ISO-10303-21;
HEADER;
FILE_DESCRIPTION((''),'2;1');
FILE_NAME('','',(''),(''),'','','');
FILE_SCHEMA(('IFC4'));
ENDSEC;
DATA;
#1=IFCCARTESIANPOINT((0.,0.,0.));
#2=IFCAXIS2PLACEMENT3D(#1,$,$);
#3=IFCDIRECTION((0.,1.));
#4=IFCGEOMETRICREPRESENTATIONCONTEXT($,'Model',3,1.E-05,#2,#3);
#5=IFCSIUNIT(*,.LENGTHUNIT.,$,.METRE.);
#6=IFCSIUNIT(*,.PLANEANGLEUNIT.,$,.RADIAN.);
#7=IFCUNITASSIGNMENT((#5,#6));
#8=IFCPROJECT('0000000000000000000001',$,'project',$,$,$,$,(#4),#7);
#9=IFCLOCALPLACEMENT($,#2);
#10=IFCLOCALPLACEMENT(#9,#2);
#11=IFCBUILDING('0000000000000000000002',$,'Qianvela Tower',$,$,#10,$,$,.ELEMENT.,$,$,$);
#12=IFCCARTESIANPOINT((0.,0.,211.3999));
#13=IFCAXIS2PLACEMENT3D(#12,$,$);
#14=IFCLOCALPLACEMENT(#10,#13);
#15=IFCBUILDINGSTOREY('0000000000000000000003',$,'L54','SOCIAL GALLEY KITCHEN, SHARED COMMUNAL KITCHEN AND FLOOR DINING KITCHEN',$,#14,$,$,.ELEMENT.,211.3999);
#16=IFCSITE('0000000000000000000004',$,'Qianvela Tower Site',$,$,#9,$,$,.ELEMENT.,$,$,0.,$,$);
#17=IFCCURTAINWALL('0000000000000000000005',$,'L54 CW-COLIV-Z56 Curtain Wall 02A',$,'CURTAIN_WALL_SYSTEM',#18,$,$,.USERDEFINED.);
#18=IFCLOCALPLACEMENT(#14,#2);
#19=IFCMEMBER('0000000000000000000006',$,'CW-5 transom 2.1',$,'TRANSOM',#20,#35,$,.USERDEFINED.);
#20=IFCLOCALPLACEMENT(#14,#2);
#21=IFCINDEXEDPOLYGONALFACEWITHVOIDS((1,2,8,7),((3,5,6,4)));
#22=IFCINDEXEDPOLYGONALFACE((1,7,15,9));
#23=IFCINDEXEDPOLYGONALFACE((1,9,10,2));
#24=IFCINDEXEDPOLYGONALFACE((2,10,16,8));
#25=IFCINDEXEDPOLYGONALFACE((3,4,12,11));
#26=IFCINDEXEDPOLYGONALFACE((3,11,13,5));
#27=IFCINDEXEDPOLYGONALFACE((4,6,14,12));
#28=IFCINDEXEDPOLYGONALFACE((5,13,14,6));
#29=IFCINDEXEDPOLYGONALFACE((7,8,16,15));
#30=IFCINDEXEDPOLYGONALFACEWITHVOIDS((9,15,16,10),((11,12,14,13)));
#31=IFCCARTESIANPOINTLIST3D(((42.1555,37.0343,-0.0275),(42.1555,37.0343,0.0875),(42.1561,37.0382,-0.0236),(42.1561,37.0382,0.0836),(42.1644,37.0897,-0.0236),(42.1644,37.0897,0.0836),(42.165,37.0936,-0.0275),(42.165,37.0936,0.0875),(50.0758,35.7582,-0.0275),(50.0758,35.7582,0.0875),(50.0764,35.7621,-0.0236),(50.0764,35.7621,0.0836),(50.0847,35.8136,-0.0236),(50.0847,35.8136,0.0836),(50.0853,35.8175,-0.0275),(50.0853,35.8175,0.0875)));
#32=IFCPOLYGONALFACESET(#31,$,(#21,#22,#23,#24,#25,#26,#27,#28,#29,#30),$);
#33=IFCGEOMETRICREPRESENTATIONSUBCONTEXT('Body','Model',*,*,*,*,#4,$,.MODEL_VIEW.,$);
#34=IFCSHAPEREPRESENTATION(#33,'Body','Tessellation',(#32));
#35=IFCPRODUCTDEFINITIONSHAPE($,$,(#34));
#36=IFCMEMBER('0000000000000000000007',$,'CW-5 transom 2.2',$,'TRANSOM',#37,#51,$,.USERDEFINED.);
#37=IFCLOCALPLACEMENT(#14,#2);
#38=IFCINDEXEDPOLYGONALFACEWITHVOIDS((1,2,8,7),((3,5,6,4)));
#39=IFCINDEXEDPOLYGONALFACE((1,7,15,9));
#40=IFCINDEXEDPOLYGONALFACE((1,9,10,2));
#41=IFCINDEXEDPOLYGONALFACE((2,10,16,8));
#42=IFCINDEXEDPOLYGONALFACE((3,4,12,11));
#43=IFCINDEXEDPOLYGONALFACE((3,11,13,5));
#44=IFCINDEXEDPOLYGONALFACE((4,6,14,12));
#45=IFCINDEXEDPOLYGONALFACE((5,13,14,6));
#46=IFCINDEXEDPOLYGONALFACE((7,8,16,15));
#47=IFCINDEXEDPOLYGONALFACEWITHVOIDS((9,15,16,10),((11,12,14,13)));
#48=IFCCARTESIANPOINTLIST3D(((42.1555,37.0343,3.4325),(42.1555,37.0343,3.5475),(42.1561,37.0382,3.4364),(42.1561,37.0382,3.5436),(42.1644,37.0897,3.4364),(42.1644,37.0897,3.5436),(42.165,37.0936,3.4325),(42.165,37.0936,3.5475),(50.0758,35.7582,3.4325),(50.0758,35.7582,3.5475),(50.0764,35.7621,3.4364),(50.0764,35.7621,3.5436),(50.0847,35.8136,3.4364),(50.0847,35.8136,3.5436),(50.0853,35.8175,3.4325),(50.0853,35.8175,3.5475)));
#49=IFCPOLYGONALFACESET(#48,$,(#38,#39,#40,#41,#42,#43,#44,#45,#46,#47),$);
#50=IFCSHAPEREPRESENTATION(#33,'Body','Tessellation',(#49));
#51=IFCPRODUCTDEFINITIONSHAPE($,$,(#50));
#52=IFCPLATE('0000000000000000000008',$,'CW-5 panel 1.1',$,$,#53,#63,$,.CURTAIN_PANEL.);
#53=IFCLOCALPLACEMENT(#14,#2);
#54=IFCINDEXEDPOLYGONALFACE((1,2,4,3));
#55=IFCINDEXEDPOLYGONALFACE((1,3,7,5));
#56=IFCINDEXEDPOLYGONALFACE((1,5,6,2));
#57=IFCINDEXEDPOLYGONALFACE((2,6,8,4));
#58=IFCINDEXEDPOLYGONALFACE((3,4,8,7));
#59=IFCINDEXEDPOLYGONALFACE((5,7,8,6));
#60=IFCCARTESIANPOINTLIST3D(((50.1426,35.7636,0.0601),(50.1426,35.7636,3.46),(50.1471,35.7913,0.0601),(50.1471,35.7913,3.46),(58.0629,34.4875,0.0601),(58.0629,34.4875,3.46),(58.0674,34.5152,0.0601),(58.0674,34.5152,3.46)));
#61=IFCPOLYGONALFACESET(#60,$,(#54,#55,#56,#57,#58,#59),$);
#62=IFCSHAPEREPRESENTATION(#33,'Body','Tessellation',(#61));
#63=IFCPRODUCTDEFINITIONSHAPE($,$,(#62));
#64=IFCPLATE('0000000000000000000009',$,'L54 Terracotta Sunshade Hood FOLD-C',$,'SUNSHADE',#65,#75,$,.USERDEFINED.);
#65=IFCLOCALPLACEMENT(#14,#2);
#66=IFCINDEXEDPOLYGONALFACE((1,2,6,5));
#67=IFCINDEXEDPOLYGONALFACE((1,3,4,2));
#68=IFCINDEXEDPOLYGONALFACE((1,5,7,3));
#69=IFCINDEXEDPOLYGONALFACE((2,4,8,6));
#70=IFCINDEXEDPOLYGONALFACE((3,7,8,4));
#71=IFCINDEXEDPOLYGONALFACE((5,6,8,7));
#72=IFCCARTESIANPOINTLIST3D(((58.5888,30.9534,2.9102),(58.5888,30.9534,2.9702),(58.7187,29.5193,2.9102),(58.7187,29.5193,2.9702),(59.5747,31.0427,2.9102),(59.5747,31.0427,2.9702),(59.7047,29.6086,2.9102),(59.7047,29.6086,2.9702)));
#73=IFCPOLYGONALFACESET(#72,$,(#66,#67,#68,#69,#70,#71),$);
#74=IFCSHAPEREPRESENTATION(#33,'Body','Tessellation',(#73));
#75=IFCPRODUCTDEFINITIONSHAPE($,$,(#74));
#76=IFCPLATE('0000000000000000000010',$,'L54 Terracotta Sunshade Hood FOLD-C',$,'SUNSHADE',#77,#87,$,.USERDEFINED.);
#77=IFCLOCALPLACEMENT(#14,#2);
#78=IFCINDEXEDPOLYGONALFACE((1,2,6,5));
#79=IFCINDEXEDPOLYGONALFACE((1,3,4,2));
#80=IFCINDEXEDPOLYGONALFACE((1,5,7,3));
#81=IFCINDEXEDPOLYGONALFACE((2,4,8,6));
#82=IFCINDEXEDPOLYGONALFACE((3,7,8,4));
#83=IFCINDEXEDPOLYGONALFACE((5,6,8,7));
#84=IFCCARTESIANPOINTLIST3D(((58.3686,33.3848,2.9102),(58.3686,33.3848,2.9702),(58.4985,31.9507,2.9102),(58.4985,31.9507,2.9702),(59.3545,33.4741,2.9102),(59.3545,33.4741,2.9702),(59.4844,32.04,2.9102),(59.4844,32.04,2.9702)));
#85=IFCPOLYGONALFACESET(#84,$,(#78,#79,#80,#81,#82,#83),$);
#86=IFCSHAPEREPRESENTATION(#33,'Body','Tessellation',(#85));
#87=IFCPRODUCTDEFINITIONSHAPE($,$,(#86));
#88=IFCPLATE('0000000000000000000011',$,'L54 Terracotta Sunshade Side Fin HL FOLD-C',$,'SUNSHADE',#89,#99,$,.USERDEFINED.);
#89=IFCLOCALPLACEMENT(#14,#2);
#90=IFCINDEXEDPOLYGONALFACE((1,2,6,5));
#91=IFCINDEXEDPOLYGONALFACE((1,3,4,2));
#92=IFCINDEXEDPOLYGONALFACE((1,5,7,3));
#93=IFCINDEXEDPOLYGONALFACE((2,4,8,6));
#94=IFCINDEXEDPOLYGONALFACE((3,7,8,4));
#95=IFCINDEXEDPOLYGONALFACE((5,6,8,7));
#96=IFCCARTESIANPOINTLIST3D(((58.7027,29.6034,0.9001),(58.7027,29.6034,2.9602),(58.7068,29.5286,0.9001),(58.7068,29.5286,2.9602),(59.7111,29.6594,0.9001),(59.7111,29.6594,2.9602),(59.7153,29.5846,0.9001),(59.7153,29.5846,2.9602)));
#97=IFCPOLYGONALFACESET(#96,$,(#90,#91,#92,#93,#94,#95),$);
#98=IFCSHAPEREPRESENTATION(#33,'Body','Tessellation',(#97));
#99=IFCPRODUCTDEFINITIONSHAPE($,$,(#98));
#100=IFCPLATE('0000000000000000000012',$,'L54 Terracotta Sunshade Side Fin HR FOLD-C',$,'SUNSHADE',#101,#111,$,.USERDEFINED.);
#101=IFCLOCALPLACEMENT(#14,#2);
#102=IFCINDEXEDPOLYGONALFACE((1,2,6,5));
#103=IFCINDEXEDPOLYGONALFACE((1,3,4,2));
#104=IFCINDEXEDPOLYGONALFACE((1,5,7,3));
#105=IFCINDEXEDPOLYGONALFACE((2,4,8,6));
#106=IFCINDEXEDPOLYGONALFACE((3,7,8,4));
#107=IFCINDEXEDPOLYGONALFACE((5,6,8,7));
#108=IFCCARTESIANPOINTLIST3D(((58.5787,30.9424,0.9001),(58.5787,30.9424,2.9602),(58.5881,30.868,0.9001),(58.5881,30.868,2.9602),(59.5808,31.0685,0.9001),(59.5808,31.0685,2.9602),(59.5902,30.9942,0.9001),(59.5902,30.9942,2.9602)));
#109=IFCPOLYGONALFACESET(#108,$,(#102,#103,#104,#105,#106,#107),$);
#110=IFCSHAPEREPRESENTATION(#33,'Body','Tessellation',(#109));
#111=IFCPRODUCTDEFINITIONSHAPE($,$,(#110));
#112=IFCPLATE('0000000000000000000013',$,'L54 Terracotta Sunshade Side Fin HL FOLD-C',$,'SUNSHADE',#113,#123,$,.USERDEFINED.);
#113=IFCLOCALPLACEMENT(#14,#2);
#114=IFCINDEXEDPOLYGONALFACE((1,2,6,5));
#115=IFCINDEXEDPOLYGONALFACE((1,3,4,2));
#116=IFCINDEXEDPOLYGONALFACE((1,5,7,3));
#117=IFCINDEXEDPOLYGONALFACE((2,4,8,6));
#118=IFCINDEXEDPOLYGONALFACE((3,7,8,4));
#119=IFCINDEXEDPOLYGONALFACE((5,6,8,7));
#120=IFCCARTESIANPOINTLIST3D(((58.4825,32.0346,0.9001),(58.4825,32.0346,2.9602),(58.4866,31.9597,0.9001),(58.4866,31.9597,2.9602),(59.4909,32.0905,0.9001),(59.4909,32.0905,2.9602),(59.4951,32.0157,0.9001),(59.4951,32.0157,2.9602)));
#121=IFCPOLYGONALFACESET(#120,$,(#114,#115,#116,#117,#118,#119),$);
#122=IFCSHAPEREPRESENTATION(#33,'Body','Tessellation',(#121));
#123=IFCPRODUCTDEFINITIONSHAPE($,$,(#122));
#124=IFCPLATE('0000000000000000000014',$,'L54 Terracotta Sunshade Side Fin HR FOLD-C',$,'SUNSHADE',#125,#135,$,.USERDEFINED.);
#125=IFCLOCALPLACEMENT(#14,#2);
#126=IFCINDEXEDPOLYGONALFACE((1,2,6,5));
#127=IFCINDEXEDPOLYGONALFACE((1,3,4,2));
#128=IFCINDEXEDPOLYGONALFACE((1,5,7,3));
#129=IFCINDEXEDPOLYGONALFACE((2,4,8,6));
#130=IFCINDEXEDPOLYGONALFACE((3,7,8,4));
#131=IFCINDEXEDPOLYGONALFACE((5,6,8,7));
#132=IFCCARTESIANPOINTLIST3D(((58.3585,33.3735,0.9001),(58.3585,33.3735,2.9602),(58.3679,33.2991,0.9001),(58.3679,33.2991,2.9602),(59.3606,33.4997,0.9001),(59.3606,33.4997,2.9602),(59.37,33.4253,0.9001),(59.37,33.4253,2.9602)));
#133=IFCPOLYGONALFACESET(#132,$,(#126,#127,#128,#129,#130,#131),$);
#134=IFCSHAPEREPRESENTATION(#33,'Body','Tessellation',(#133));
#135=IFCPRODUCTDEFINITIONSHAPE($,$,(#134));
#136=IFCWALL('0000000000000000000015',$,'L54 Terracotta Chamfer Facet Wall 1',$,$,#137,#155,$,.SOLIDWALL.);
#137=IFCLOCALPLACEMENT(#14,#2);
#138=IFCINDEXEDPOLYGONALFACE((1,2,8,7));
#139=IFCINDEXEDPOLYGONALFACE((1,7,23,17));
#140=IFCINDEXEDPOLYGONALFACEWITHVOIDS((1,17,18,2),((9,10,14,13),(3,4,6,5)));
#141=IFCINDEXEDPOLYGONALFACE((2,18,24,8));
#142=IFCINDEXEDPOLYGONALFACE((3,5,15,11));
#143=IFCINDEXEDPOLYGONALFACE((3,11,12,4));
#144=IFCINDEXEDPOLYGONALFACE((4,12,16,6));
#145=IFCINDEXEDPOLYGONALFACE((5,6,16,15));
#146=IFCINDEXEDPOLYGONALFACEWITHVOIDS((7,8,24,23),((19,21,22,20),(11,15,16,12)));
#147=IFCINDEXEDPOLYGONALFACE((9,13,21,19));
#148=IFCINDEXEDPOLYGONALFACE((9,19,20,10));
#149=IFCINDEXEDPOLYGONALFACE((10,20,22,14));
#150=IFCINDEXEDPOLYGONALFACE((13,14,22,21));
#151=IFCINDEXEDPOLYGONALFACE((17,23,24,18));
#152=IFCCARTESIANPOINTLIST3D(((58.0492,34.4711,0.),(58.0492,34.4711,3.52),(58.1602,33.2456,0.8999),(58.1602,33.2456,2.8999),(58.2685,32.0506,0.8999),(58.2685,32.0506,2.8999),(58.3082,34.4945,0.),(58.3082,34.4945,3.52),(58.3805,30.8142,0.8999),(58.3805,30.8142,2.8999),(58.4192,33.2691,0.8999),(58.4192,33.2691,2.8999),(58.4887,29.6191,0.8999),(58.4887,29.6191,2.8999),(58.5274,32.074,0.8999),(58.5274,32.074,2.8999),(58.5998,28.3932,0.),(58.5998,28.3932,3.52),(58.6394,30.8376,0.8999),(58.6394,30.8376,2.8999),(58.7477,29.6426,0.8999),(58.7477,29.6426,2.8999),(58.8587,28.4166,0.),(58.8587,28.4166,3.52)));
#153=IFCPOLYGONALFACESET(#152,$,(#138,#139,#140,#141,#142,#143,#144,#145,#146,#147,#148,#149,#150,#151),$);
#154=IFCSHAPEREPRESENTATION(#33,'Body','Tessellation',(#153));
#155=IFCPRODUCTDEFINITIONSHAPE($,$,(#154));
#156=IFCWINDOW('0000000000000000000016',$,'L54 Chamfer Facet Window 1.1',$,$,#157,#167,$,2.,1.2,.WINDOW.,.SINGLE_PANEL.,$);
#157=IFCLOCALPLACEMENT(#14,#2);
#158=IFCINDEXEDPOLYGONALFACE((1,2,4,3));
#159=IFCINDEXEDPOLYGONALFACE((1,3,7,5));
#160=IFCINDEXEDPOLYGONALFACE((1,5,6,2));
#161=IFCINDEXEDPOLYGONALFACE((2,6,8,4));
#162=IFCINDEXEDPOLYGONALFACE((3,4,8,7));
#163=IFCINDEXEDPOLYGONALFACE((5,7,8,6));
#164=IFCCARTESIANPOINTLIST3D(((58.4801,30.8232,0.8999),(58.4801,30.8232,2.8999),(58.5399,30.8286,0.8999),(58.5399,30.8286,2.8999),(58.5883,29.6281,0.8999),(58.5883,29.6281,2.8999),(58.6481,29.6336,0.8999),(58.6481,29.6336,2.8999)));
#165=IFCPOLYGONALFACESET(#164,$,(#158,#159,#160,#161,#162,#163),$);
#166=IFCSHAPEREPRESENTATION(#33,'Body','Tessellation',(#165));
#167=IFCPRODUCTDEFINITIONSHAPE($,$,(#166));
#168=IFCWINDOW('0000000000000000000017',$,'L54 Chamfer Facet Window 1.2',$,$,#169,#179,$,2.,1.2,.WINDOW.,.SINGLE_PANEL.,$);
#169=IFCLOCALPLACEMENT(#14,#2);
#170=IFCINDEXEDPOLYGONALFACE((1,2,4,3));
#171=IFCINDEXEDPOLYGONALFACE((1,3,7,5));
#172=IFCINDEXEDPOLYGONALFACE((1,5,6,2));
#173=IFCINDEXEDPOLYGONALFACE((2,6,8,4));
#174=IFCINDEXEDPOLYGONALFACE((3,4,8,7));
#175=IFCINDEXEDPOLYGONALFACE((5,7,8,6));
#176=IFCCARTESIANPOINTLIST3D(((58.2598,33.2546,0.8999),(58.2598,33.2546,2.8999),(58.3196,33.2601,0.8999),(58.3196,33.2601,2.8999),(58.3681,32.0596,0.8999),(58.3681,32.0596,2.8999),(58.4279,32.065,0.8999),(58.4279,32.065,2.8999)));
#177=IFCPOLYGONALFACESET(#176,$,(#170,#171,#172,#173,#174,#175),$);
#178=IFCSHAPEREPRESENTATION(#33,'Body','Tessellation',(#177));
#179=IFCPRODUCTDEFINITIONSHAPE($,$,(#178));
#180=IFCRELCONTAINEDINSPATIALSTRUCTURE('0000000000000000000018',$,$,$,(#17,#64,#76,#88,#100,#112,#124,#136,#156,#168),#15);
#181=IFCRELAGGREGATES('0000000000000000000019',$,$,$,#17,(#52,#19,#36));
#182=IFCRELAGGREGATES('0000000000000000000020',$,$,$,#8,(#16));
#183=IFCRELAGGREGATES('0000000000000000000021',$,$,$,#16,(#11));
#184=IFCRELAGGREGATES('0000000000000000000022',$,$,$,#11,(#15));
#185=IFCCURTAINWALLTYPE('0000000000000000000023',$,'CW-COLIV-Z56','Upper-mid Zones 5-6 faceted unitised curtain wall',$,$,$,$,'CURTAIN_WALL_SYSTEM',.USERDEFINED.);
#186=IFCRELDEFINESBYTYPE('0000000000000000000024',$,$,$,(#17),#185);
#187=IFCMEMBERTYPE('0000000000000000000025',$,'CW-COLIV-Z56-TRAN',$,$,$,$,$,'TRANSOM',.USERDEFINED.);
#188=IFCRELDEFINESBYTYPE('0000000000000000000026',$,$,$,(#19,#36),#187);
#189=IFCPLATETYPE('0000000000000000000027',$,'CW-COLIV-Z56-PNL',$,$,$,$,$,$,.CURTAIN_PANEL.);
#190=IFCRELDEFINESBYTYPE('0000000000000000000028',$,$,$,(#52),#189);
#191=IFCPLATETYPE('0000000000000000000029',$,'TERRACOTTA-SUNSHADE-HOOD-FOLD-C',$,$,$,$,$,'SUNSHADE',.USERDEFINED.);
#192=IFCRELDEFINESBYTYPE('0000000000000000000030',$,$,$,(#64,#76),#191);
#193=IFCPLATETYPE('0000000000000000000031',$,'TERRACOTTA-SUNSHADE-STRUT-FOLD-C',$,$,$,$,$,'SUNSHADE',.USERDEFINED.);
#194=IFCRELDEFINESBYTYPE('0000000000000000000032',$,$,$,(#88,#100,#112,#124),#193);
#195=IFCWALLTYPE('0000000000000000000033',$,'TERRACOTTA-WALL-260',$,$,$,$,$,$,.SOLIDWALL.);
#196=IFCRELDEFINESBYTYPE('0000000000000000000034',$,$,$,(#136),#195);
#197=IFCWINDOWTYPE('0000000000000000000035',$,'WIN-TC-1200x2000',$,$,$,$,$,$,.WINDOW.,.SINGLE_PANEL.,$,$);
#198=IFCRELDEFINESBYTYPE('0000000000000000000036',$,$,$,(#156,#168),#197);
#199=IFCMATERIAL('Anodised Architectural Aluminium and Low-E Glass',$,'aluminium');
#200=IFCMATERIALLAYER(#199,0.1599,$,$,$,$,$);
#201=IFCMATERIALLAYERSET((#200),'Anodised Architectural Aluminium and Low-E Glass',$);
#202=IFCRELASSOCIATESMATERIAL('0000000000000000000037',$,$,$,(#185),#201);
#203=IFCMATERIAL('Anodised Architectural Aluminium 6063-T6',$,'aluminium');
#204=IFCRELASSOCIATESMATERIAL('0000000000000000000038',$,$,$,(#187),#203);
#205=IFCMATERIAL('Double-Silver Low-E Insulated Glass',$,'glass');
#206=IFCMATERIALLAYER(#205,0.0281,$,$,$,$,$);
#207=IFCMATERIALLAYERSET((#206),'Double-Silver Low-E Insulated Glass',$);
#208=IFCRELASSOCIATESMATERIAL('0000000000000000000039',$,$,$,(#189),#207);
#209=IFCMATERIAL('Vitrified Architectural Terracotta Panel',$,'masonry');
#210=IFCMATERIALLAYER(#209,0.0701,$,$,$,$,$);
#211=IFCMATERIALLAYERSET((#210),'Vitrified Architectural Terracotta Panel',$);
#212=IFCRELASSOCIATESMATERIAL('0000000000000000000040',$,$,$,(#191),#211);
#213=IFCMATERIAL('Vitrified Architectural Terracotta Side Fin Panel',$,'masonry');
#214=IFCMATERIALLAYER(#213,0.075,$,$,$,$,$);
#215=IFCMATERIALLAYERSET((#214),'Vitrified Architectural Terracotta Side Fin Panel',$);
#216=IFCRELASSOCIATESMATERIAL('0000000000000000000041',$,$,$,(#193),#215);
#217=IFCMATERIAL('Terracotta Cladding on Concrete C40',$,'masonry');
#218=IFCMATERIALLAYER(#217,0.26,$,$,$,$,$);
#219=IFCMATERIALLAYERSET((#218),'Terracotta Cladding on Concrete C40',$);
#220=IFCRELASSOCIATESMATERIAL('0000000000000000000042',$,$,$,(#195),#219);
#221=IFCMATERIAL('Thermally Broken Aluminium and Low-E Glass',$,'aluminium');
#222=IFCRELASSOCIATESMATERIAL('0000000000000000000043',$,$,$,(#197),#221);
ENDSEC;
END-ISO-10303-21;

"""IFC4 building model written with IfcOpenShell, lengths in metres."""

from ifc_helpers import new_model, si_unit, direction, frame, frame_2d, origin, origin_2d, place, context, subcontext, project, spatial, rectangle, hollow_rectangle, extrude, material, layer, layer_set, material_profile, profile_set, type_object, element, fill, aggregate, save


model = new_model("IFC4")

# Units and contexts
model_context = context("Model", 3, precision=1e-05, world=origin(), true_north=direction((0.0, 1.0)))
body_context = subcontext(model_context, "Body", "Model", "MODEL_VIEW")
ifc_project = project(units=[si_unit("LENGTHUNIT", "METRE"), si_unit("PLANEANGLEUNIT", "RADIAN")], contexts=[model_context])

# Site, building, storey
site_placement = place(None, origin())
site = spatial("IfcSite", under=ifc_project, at=site_placement, Name="Qianvela Tower Site", CompositionType="ELEMENT", RefElevation=0.0)
building_placement = place(site_placement, origin())
building = spatial("IfcBuilding", under=site, at=building_placement, Name="Qianvela Tower", CompositionType="ELEMENT")
storey_placement = place(building_placement, frame((0.0, 0.0, 211.3999)))
storey = spatial("IfcBuildingStorey", under=building, at=storey_placement, Name="L54", Description="SOCIAL GALLEY KITCHEN, SHARED COMMUNAL KITCHEN AND FLOOR DINING KITCHEN", CompositionType="ELEMENT", Elevation=211.3999)

# Curtain wall
ifc_material_1 = material(Name="Anodised Architectural Aluminium and Low-E Glass", Category="aluminium")
ifc_layer_1 = layer(ifc_material_1, 0.1599)
ifc_layer_set_1 = layer_set([ifc_layer_1], Name="Anodised Architectural Aluminium and Low-E Glass")
curtain_wall_type = type_object("IfcCurtainWallType", Name="CW-COLIV-Z56", Description="Upper-mid Zones 5-6 faceted unitised curtain wall", ElementType="CURTAIN_WALL_SYSTEM", PredefinedType="USERDEFINED", material=ifc_layer_set_1)
curtain_wall_1_placement = place(storey_placement, origin())
curtain_wall_1 = element("IfcCurtainWall", 1, at=curtain_wall_1_placement, inside=storey, type_object=curtain_wall_type, Name="L54 CW-COLIV-Z56 Curtain Wall 02A", ObjectType="CURTAIN_WALL_SYSTEM", PredefinedType="USERDEFINED")

# Members
ifc_material_2 = material(Name="Anodised Architectural Aluminium 6063-T6", Category="aluminium")
ifc_material_profile_1 = material_profile(ifc_material_2, hollow_rectangle(XDim=0.0601, YDim=0.115, WallThickness=0.0039, at=origin_2d()), Name="ALU-TRAN-60x115")
ifc_profile_set_1 = profile_set([ifc_material_profile_1], Name="Anodised Architectural Aluminium 6063-T6")
member_type_1 = type_object("IfcMemberType", Name="CW-COLIV-Z56-TRAN", ElementType="TRANSOM", PredefinedType="USERDEFINED", material=ifc_profile_set_1)
member_1_placement = place(storey_placement, frame((50.0806, 35.7878, 0.03), z_axis=(-0.987268, 0.159067, 0.0), x_axis=(-0.159067, -0.987268, 0.0)))
member_1 = element("IfcMember", 2, at=member_1_placement, type_object=member_type_1, Name="CW-5 transom 2.1", ObjectType="TRANSOM", PredefinedType="USERDEFINED", context=body_context, shape_type="SweptSolid", body=[
    extrude(hollow_rectangle(XDim=0.0601, YDim=0.115, WallThickness=0.0039, at=origin_2d()), origin(), (0.0, 0.0, 1.0), 8.0225),
])
member_2_placement = place(storey_placement, frame((50.0806, 35.7878, 3.49), z_axis=(-0.987268, 0.159067, 0.0), x_axis=(-0.159067, -0.987268, 0.0)))
member_2 = element("IfcMember", 3, at=member_2_placement, type_object=member_type_1, Name="CW-5 transom 2.2", ObjectType="TRANSOM", PredefinedType="USERDEFINED", context=body_context, shape_type="SweptSolid", body=[
    extrude(hollow_rectangle(XDim=0.0601, YDim=0.115, WallThickness=0.0039, at=origin_2d()), origin(), (0.0, 0.0, 1.0), 8.0225),
])

# Plate
ifc_material_3 = material(Name="Double-Silver Low-E Insulated Glass", Category="glass")
ifc_layer_2 = layer(ifc_material_3, 0.0281)
ifc_layer_set_2 = layer_set([ifc_layer_2], Name="Double-Silver Low-E Insulated Glass")
plate_type_1 = type_object("IfcPlateType", Name="CW-COLIV-Z56-PNL", PredefinedType="CURTAIN_PANEL", material=ifc_layer_set_2)
plate_placement = place(storey_placement, frame((54.105, 35.1394, 0.0601), z_axis=(0.0, 0.0, 1.0), x_axis=(-0.987267, 0.15907, 0.0)))
plate = element("IfcPlate", 4, at=plate_placement, type_object=plate_type_1, Name="CW-5 panel 1.1", PredefinedType="CURTAIN_PANEL", context=body_context, shape_type="SweptSolid", body=[
    extrude(rectangle(XDim=8.0225, YDim=0.0281, at=origin_2d()), origin(), (0.0, 0.0, 1.0), 3.3999),
])
aggregate(curtain_wall_1, [plate, member_1, member_2])

# Plates
ifc_material_4 = material(Name="Vitrified Architectural Terracotta Panel", Category="masonry")
ifc_layer_3 = layer(ifc_material_4, 0.0701)
ifc_layer_set_3 = layer_set([ifc_layer_3], Name="Vitrified Architectural Terracotta Panel")
plate_type_2 = type_object("IfcPlateType", Name="TERRACOTTA-SUNSHADE-HOOD-FOLD-C", ElementType="SUNSHADE", PredefinedType="USERDEFINED", material=ifc_layer_set_3)
for number, where, z_axis, x_axis, name in (
    (5, (59.1467, 30.281, 2.9102), (0.0, 0.0, 1.0), (-0.090221, 0.995922, 0.0), "L54 Terracotta Sunshade Hood FOLD-C"),
    (6, (58.9265, 32.7124, 2.9102), (0.0, 0.0, 1.0), (-0.090221, 0.995922, 0.0), "L54 Terracotta Sunshade Hood FOLD-C"),
):
    element("IfcPlate", number, at=place(storey_placement, frame(where, z_axis=z_axis, x_axis=x_axis)), inside=storey, type_object=plate_type_2, Name=name, ObjectType="SUNSHADE", PredefinedType="USERDEFINED", context=body_context, shape_type="SweptSolid", body=[
        extrude(rectangle(XDim=1.4399, YDim=0.99, at=origin_2d()), origin(), (0.0, 0.0, 1.0), 0.0601),
    ])
ifc_material_5 = material(Name="Vitrified Architectural Terracotta Side Fin Panel", Category="masonry")
ifc_layer_4 = layer(ifc_material_5, 0.075)
ifc_layer_set_4 = layer_set([ifc_layer_4], Name="Vitrified Architectural Terracotta Side Fin Panel")
plate_type_3 = type_object("IfcPlateType", Name="TERRACOTTA-SUNSHADE-STRUT-FOLD-C", ElementType="SUNSHADE", PredefinedType="USERDEFINED", material=ifc_layer_set_4)
for number, where, z_axis, x_axis, name in (
    (7, (59.209, 29.594, 0.9001), (0.0, 0.0, 1.0), (-0.055409, 0.998464, 0.0), "L54 Terracotta Sunshade Side Fin HL FOLD-C"),
    (8, (59.0845, 30.9683, 0.9001), (0.0, 0.0, 1.0), (-0.124923, 0.992166, 0.0), "L54 Terracotta Sunshade Side Fin HR FOLD-C"),
    (9, (58.9888, 32.0251, 0.9001), (0.0, 0.0, 1.0), (-0.055409, 0.998464, 0.0), "L54 Terracotta Sunshade Side Fin HL FOLD-C"),
    (10, (58.8643, 33.3994, 0.9001), (0.0, 0.0, 1.0), (-0.124923, 0.992166, 0.0), "L54 Terracotta Sunshade Side Fin HR FOLD-C"),
):
    element("IfcPlate", number, at=place(storey_placement, frame(where, z_axis=z_axis, x_axis=x_axis)), inside=storey, type_object=plate_type_3, Name=name, ObjectType="SUNSHADE", PredefinedType="USERDEFINED", context=body_context, shape_type="SweptSolid", body=[
        extrude(rectangle(XDim=0.075, YDim=1.01, at=origin_2d()), origin(), (0.0, 0.0, 1.0), 2.0601),
    ])

# Wall, openings, windows
ifc_material_6 = material(Name="Terracotta Cladding on Concrete C40", Category="masonry")
ifc_layer_5 = layer(ifc_material_6, 0.26)
ifc_layer_set_5 = layer_set([ifc_layer_5], Name="Terracotta Cladding on Concrete C40")
wall_type_1 = type_object("IfcWallType", Name="TERRACOTTA-WALL-260", PredefinedType="SOLIDWALL", material=ifc_layer_set_5)
wall_1_placement = place(storey_placement, frame((58.7292, 28.405, 0.0), z_axis=(0.0, 0.0, 1.0), x_axis=(-0.090211, 0.995923, 0.0)))
wall_1 = element("IfcWall", 11, at=wall_1_placement, inside=storey, type_object=wall_type_1, Name="L54 Terracotta Chamfer Facet Wall 1", PredefinedType="SOLIDWALL", context=body_context, shape_type="SweptSolid", body=[
    extrude(rectangle(XDim=6.1028, YDim=0.26, at=frame_2d((3.0513, 0.0))), origin(), (0.0, 0.0, 1.0), 3.52),
])
opening_1_placement = place(wall_1_placement, frame((1.2307, 0.0, 0.8999)))
opening_1 = element("IfcOpeningElement", 12, at=opening_1_placement, cuts=wall_1, PredefinedType="OPENING", context=body_context, shape_type="SweptSolid", body=[
    extrude(rectangle(XDim=1.2, YDim=2.0, at=frame_2d((0.6001, 1.0))), frame((0.0, 0.1399, 0.0), z_axis=(0.0, -1.0, 0.0), x_axis=(1.0, 0.0, 0.0)), (0.0, 0.0, 1.0), 0.28),
])
opening_2_placement = place(wall_1_placement, frame((3.6721, 0.0, 0.8999)))
opening_2 = element("IfcOpeningElement", 13, at=opening_2_placement, cuts=wall_1, PredefinedType="OPENING", context=body_context, shape_type="SweptSolid", body=[
    extrude(rectangle(XDim=1.2, YDim=2.0, at=frame_2d((0.6001, 1.0))), frame((0.0, 0.1399, 0.0), z_axis=(0.0, -1.0, 0.0), x_axis=(1.0, 0.0, 0.0)), (0.0, 0.0, 1.0), 0.28),
])
ifc_material_7 = material(Name="Thermally Broken Aluminium and Low-E Glass", Category="aluminium")
window_type = type_object("IfcWindowType", Name="WIN-TC-1200x2000", PartitioningType="SINGLE_PANEL", PredefinedType="WINDOW", material=ifc_material_7)
window_1_placement = place(opening_1_placement, origin())
window_1 = element("IfcWindow", 14, at=window_1_placement, inside=storey, type_object=window_type, Name="L54 Chamfer Facet Window 1.1", OverallHeight=2.0, OverallWidth=1.2, PartitioningType="SINGLE_PANEL", PredefinedType="WINDOW", context=body_context, shape_type="SweptSolid", body=[
    extrude(rectangle(XDim=1.2, YDim=2.0, at=frame_2d((0.6001, 1.0))), frame((0.0, 0.03, 0.0), z_axis=(0.0, -1.0, 0.0), x_axis=(1.0, 0.0, 0.0)), (0.0, 0.0, 1.0), 0.0601),
])
fill(opening_1, window_1)
window_2_placement = place(opening_2_placement, origin())
window_2 = element("IfcWindow", 15, at=window_2_placement, inside=storey, type_object=window_type, Name="L54 Chamfer Facet Window 1.2", OverallHeight=2.0, OverallWidth=1.2, PartitioningType="SINGLE_PANEL", PredefinedType="WINDOW", context=body_context, shape_type="SweptSolid", body=[
    extrude(rectangle(XDim=1.2, YDim=2.0, at=frame_2d((0.6001, 1.0))), frame((0.0, 0.03, 0.0), z_axis=(0.0, -1.0, 0.0), x_axis=(1.0, 0.0, 0.0)), (0.0, 0.0, 1.0), 0.0601),
])
fill(opening_2, window_2)

save(model, "model.ifc")
